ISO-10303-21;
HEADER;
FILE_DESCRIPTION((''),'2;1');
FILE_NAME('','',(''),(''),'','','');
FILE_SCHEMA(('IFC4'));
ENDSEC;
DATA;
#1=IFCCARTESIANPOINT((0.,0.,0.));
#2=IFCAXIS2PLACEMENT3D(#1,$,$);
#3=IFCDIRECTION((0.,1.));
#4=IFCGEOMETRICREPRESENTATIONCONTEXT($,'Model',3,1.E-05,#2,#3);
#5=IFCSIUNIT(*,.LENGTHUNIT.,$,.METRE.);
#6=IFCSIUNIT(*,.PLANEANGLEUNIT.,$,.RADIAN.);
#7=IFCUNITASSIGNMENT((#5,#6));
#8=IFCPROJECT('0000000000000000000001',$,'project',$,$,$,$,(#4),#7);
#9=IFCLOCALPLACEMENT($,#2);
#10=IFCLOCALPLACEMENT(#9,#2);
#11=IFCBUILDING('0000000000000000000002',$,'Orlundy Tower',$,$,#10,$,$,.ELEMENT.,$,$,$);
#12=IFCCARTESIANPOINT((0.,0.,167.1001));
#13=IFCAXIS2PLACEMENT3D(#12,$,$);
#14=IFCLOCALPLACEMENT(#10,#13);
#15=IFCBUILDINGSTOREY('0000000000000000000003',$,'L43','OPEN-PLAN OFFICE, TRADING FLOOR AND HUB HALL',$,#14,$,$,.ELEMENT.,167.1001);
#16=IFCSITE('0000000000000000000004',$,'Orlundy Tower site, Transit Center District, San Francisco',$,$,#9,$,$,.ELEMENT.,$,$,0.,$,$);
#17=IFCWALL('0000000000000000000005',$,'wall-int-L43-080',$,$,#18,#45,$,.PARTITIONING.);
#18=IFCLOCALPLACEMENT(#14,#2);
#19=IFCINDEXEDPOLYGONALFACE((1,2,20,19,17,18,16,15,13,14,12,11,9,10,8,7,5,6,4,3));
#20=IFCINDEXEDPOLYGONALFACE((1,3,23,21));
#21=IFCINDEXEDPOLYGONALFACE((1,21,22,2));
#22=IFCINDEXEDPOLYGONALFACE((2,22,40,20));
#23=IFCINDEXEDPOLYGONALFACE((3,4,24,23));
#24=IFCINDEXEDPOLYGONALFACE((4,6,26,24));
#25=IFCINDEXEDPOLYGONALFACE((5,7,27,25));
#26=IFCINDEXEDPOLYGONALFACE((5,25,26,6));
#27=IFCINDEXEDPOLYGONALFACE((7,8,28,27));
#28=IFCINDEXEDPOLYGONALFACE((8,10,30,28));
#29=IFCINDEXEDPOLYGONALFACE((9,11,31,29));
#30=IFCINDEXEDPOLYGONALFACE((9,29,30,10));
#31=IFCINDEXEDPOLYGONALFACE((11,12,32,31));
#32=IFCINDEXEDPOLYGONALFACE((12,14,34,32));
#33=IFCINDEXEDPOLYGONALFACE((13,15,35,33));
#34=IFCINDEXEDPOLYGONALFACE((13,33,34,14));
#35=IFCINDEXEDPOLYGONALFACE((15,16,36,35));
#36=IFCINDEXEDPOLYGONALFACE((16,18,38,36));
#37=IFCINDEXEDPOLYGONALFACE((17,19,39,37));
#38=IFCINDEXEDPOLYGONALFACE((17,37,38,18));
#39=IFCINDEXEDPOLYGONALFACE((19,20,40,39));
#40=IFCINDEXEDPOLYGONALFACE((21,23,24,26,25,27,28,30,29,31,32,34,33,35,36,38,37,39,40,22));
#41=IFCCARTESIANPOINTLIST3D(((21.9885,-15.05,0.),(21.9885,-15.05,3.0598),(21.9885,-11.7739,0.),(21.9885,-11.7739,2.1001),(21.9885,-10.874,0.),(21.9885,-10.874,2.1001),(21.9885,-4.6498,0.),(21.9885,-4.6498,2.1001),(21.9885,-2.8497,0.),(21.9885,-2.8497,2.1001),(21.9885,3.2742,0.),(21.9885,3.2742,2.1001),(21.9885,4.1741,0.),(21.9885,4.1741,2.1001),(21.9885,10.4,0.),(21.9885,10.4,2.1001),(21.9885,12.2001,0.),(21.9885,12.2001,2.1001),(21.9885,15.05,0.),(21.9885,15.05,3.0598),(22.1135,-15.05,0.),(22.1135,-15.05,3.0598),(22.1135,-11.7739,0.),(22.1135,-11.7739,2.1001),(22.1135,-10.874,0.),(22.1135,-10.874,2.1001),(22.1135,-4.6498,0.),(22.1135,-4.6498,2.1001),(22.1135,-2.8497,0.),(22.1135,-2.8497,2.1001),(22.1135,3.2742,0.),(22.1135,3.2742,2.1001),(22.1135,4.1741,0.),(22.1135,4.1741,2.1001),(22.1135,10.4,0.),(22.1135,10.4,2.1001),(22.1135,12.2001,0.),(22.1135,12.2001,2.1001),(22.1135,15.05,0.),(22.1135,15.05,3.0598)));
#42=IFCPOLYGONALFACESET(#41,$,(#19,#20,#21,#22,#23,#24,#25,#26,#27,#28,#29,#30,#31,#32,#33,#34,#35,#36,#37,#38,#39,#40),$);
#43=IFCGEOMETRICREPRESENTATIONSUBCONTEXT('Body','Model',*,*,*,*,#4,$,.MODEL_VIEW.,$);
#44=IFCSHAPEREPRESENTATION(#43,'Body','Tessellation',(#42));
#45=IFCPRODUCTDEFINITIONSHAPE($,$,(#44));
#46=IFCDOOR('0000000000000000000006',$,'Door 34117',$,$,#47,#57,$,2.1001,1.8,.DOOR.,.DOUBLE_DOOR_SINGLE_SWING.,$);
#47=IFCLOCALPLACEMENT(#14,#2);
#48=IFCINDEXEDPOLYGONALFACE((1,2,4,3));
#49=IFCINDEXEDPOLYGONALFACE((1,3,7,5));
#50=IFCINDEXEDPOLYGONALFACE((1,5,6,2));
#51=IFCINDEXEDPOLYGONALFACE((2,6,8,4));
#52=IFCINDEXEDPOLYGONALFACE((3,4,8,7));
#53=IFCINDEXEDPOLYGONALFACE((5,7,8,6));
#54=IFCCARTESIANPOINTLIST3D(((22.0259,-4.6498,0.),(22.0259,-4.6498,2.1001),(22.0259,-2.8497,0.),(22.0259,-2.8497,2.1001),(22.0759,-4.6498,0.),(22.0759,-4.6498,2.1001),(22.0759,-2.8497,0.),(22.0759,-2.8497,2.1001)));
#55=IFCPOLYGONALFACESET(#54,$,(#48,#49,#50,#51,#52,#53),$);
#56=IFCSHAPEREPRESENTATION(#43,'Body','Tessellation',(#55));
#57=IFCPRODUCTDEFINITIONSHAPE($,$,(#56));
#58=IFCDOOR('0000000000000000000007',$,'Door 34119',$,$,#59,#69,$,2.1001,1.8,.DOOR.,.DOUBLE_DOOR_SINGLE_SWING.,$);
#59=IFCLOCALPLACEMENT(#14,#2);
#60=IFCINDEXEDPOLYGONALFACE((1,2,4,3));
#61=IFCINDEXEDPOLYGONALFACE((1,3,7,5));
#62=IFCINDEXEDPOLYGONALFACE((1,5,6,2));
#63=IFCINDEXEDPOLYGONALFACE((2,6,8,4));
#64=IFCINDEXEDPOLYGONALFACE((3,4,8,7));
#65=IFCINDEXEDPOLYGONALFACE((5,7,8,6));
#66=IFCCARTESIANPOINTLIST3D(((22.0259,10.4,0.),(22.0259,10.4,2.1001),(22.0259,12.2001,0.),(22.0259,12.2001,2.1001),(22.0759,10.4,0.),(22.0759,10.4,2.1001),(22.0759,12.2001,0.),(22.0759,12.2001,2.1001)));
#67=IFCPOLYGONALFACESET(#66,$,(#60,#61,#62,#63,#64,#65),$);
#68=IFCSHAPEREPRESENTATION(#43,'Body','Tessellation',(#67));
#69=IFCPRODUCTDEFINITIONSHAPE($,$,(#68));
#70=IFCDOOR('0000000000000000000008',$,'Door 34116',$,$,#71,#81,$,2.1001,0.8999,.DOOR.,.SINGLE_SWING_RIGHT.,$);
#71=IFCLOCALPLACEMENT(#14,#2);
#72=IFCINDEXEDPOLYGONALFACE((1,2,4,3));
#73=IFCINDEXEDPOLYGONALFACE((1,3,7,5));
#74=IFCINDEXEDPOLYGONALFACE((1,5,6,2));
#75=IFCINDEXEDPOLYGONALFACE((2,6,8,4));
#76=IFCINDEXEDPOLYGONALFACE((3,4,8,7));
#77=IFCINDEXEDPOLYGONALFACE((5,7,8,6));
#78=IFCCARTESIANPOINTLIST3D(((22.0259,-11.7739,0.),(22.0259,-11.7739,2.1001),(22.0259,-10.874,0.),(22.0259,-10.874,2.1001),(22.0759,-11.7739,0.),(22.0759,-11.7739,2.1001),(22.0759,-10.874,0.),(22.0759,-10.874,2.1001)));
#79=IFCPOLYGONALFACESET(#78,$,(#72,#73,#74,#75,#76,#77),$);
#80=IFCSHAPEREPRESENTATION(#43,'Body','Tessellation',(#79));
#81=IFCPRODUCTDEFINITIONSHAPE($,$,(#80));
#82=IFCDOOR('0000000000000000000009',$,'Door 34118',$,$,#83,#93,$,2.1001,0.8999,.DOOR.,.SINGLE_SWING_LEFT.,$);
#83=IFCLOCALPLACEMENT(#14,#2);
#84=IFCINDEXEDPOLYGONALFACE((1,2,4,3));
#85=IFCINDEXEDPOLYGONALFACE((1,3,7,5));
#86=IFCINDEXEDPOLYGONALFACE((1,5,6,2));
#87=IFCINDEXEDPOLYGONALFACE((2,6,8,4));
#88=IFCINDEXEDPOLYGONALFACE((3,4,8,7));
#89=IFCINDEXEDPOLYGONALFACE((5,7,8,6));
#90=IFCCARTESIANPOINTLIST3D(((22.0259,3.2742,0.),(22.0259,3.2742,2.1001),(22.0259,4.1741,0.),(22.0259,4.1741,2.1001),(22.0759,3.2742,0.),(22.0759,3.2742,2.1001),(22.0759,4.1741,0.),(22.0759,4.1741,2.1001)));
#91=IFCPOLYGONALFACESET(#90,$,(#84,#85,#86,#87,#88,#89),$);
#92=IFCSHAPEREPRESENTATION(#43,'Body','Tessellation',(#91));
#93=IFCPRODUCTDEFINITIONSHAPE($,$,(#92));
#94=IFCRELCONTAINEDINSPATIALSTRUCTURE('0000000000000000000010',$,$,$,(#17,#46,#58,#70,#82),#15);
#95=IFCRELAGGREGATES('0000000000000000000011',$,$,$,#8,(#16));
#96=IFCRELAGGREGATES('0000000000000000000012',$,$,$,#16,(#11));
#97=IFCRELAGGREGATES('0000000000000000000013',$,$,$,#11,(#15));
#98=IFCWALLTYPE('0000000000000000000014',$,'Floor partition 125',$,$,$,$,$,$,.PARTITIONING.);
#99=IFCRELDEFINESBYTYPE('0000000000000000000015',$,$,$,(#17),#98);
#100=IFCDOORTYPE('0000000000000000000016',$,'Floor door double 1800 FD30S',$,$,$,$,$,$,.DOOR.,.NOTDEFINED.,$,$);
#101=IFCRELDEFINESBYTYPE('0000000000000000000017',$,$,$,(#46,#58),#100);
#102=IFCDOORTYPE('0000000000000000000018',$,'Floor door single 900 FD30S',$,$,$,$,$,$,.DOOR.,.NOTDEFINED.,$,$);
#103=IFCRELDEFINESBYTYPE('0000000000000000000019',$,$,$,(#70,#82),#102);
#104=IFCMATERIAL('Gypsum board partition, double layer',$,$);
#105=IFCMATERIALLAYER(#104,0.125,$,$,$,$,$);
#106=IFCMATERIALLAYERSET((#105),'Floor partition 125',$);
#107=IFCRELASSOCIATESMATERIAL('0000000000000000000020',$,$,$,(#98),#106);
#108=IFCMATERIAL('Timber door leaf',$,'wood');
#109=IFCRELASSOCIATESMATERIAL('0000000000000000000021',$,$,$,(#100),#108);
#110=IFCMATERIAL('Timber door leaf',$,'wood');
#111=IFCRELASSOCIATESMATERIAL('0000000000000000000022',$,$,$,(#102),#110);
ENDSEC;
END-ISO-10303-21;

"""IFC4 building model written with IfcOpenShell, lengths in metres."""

from ifc_helpers import new_model, si_unit, direction, frame, frame_2d, origin, place, context, subcontext, project, spatial, rectangle, extrude, material, layer, layer_set, type_object, element, fill, save


model = new_model("IFC4")

# Units and contexts
model_context = context("Model", 3, precision=1e-05, world=origin(), true_north=direction((0.0, 1.0)))
body_context = subcontext(model_context, "Body", "Model", "MODEL_VIEW")
ifc_project = project(units=[si_unit("LENGTHUNIT", "METRE"), si_unit("PLANEANGLEUNIT", "RADIAN")], contexts=[model_context])

# Site, building, storey
site_placement = place(None, origin())
site = spatial("IfcSite", under=ifc_project, at=site_placement, Name="Orlundy Tower site, Transit Center District, San Francisco", CompositionType="ELEMENT", RefElevation=0.0)
building_placement = place(site_placement, origin())
building = spatial("IfcBuilding", under=site, at=building_placement, Name="Orlundy Tower", CompositionType="ELEMENT")
storey_placement = place(building_placement, frame((0.0, 0.0, 167.1001)))
storey = spatial("IfcBuildingStorey", under=building, at=storey_placement, Name="L43", Description="OPEN-PLAN OFFICE, TRADING FLOOR AND HUB HALL", CompositionType="ELEMENT", Elevation=167.1001)

# Wall, openings, doors
ifc_material_1 = material(Name="Gypsum board partition, double layer")
ifc_layer_1 = layer(ifc_material_1, 0.125)
ifc_layer_set_1 = layer_set([ifc_layer_1], Name="Floor partition 125")
wall_type = type_object("IfcWallType", Name="Floor partition 125", PredefinedType="PARTITIONING", material=ifc_layer_set_1)
wall_placement = place(storey_placement, frame((22.051, 15.05, 0.0), z_axis=(0.0, 0.0, 1.0), x_axis=(0.0, -1.0, 0.0)))
wall = element("IfcWall", 1, at=wall_placement, inside=storey, type_object=wall_type, Name="wall-int-L43-080", PredefinedType="PARTITIONING", context=body_context, shape_type="SweptSolid", body=[
    extrude(rectangle(XDim=30.1001, YDim=0.125, at=frame_2d((15.05, 0.0))), origin(), (0.0, 0.0, 1.0), 3.0598),
])
opening_1_placement = place(wall_placement, frame((25.9241, 0.0, 0.0)))
opening_1 = element("IfcOpeningElement", 2, at=opening_1_placement, cuts=wall, PredefinedType="OPENING", context=body_context, shape_type="SweptSolid", body=[
    extrude(rectangle(XDim=0.8999, YDim=2.1001, at=frame_2d((0.45, 1.05))), frame((0.0, 0.0725, 0.0), z_axis=(0.0, -1.0, 0.0), x_axis=(1.0, 0.0, 0.0)), (0.0, 0.0, 1.0), 0.145),
])
opening_2_placement = place(wall_placement, frame((17.8999, 0.0, 0.0)))
opening_2 = element("IfcOpeningElement", 3, at=opening_2_placement, cuts=wall, PredefinedType="OPENING", context=body_context, shape_type="SweptSolid", body=[
    extrude(rectangle(XDim=1.8, YDim=2.1001, at=frame_2d((0.8999, 1.05))), frame((0.0, 0.0725, 0.0), z_axis=(0.0, -1.0, 0.0), x_axis=(1.0, 0.0, 0.0)), (0.0, 0.0, 1.0), 0.145),
])
opening_3_placement = place(wall_placement, frame((10.876, 0.0, 0.0)))
opening_3 = element("IfcOpeningElement", 4, at=opening_3_placement, cuts=wall, PredefinedType="OPENING", context=body_context, shape_type="SweptSolid", body=[
    extrude(rectangle(XDim=0.8999, YDim=2.1001, at=frame_2d((0.45, 1.05))), frame((0.0, 0.0725, 0.0), z_axis=(0.0, -1.0, 0.0), x_axis=(1.0, 0.0, 0.0)), (0.0, 0.0, 1.0), 0.145),
])
opening_4_placement = place(wall_placement, frame((2.8501, 0.0, 0.0)))
opening_4 = element("IfcOpeningElement", 5, at=opening_4_placement, cuts=wall, PredefinedType="OPENING", context=body_context, shape_type="SweptSolid", body=[
    extrude(rectangle(XDim=1.8, YDim=2.1001, at=frame_2d((0.8999, 1.05))), frame((0.0, 0.0725, 0.0), z_axis=(0.0, -1.0, 0.0), x_axis=(1.0, 0.0, 0.0)), (0.0, 0.0, 1.0), 0.145),
])
ifc_material_2 = material(Name="Timber door leaf", Category="wood")
door_type_1 = type_object("IfcDoorType", Name="Floor door double 1800 FD30S", OperationType="NOTDEFINED", PredefinedType="DOOR", material=ifc_material_2)
door_1_placement = place(opening_2_placement, origin())
door_1 = element("IfcDoor", 6, at=door_1_placement, inside=storey, type_object=door_type_1, Name="Door 34117", OperationType="DOUBLE_DOOR_SINGLE_SWING", OverallHeight=2.1001, OverallWidth=1.8, PredefinedType="DOOR", context=body_context, shape_type="SweptSolid", body=[
    extrude(rectangle(XDim=1.8, YDim=2.1001, at=frame_2d((0.8999, 1.05))), frame((0.0, 0.0249, 0.0), z_axis=(0.0, -1.0, 0.0), x_axis=(1.0, 0.0, 0.0)), (0.0, 0.0, 1.0), 0.05),
])
fill(opening_2, door_1)
door_2_placement = place(opening_4_placement, origin())
door_2 = element("IfcDoor", 7, at=door_2_placement, inside=storey, type_object=door_type_1, Name="Door 34119", OperationType="DOUBLE_DOOR_SINGLE_SWING", OverallHeight=2.1001, OverallWidth=1.8, PredefinedType="DOOR", context=body_context, shape_type="SweptSolid", body=[
    extrude(rectangle(XDim=1.8, YDim=2.1001, at=frame_2d((0.8999, 1.05))), frame((0.0, 0.0249, 0.0), z_axis=(0.0, -1.0, 0.0), x_axis=(1.0, 0.0, 0.0)), (0.0, 0.0, 1.0), 0.05),
])
fill(opening_4, door_2)
ifc_material_3 = material(Name="Timber door leaf", Category="wood")
door_type_2 = type_object("IfcDoorType", Name="Floor door single 900 FD30S", OperationType="NOTDEFINED", PredefinedType="DOOR", material=ifc_material_3)
door_3_placement = place(opening_1_placement, origin())
door_3 = element("IfcDoor", 8, at=door_3_placement, inside=storey, type_object=door_type_2, Name="Door 34116", OperationType="SINGLE_SWING_RIGHT", OverallHeight=2.1001, OverallWidth=0.8999, PredefinedType="DOOR", context=body_context, shape_type="SweptSolid", body=[
    extrude(rectangle(XDim=0.8999, YDim=2.1001, at=frame_2d((0.45, 1.05))), frame((0.0, 0.0249, 0.0), z_axis=(0.0, -1.0, 0.0), x_axis=(1.0, 0.0, 0.0)), (0.0, 0.0, 1.0), 0.05),
])
fill(opening_1, door_3)
door_4_placement = place(opening_3_placement, origin())
door_4 = element("IfcDoor", 9, at=door_4_placement, inside=storey, type_object=door_type_2, Name="Door 34118", OperationType="SINGLE_SWING_LEFT", OverallHeight=2.1001, OverallWidth=0.8999, PredefinedType="DOOR", context=body_context, shape_type="SweptSolid", body=[
    extrude(rectangle(XDim=0.8999, YDim=2.1001, at=frame_2d((0.45, 1.05))), frame((0.0, 0.0249, 0.0), z_axis=(0.0, -1.0, 0.0), x_axis=(1.0, 0.0, 0.0)), (0.0, 0.0, 1.0), 0.05),
])
fill(opening_3, door_4)

save(model, "model.ifc")
